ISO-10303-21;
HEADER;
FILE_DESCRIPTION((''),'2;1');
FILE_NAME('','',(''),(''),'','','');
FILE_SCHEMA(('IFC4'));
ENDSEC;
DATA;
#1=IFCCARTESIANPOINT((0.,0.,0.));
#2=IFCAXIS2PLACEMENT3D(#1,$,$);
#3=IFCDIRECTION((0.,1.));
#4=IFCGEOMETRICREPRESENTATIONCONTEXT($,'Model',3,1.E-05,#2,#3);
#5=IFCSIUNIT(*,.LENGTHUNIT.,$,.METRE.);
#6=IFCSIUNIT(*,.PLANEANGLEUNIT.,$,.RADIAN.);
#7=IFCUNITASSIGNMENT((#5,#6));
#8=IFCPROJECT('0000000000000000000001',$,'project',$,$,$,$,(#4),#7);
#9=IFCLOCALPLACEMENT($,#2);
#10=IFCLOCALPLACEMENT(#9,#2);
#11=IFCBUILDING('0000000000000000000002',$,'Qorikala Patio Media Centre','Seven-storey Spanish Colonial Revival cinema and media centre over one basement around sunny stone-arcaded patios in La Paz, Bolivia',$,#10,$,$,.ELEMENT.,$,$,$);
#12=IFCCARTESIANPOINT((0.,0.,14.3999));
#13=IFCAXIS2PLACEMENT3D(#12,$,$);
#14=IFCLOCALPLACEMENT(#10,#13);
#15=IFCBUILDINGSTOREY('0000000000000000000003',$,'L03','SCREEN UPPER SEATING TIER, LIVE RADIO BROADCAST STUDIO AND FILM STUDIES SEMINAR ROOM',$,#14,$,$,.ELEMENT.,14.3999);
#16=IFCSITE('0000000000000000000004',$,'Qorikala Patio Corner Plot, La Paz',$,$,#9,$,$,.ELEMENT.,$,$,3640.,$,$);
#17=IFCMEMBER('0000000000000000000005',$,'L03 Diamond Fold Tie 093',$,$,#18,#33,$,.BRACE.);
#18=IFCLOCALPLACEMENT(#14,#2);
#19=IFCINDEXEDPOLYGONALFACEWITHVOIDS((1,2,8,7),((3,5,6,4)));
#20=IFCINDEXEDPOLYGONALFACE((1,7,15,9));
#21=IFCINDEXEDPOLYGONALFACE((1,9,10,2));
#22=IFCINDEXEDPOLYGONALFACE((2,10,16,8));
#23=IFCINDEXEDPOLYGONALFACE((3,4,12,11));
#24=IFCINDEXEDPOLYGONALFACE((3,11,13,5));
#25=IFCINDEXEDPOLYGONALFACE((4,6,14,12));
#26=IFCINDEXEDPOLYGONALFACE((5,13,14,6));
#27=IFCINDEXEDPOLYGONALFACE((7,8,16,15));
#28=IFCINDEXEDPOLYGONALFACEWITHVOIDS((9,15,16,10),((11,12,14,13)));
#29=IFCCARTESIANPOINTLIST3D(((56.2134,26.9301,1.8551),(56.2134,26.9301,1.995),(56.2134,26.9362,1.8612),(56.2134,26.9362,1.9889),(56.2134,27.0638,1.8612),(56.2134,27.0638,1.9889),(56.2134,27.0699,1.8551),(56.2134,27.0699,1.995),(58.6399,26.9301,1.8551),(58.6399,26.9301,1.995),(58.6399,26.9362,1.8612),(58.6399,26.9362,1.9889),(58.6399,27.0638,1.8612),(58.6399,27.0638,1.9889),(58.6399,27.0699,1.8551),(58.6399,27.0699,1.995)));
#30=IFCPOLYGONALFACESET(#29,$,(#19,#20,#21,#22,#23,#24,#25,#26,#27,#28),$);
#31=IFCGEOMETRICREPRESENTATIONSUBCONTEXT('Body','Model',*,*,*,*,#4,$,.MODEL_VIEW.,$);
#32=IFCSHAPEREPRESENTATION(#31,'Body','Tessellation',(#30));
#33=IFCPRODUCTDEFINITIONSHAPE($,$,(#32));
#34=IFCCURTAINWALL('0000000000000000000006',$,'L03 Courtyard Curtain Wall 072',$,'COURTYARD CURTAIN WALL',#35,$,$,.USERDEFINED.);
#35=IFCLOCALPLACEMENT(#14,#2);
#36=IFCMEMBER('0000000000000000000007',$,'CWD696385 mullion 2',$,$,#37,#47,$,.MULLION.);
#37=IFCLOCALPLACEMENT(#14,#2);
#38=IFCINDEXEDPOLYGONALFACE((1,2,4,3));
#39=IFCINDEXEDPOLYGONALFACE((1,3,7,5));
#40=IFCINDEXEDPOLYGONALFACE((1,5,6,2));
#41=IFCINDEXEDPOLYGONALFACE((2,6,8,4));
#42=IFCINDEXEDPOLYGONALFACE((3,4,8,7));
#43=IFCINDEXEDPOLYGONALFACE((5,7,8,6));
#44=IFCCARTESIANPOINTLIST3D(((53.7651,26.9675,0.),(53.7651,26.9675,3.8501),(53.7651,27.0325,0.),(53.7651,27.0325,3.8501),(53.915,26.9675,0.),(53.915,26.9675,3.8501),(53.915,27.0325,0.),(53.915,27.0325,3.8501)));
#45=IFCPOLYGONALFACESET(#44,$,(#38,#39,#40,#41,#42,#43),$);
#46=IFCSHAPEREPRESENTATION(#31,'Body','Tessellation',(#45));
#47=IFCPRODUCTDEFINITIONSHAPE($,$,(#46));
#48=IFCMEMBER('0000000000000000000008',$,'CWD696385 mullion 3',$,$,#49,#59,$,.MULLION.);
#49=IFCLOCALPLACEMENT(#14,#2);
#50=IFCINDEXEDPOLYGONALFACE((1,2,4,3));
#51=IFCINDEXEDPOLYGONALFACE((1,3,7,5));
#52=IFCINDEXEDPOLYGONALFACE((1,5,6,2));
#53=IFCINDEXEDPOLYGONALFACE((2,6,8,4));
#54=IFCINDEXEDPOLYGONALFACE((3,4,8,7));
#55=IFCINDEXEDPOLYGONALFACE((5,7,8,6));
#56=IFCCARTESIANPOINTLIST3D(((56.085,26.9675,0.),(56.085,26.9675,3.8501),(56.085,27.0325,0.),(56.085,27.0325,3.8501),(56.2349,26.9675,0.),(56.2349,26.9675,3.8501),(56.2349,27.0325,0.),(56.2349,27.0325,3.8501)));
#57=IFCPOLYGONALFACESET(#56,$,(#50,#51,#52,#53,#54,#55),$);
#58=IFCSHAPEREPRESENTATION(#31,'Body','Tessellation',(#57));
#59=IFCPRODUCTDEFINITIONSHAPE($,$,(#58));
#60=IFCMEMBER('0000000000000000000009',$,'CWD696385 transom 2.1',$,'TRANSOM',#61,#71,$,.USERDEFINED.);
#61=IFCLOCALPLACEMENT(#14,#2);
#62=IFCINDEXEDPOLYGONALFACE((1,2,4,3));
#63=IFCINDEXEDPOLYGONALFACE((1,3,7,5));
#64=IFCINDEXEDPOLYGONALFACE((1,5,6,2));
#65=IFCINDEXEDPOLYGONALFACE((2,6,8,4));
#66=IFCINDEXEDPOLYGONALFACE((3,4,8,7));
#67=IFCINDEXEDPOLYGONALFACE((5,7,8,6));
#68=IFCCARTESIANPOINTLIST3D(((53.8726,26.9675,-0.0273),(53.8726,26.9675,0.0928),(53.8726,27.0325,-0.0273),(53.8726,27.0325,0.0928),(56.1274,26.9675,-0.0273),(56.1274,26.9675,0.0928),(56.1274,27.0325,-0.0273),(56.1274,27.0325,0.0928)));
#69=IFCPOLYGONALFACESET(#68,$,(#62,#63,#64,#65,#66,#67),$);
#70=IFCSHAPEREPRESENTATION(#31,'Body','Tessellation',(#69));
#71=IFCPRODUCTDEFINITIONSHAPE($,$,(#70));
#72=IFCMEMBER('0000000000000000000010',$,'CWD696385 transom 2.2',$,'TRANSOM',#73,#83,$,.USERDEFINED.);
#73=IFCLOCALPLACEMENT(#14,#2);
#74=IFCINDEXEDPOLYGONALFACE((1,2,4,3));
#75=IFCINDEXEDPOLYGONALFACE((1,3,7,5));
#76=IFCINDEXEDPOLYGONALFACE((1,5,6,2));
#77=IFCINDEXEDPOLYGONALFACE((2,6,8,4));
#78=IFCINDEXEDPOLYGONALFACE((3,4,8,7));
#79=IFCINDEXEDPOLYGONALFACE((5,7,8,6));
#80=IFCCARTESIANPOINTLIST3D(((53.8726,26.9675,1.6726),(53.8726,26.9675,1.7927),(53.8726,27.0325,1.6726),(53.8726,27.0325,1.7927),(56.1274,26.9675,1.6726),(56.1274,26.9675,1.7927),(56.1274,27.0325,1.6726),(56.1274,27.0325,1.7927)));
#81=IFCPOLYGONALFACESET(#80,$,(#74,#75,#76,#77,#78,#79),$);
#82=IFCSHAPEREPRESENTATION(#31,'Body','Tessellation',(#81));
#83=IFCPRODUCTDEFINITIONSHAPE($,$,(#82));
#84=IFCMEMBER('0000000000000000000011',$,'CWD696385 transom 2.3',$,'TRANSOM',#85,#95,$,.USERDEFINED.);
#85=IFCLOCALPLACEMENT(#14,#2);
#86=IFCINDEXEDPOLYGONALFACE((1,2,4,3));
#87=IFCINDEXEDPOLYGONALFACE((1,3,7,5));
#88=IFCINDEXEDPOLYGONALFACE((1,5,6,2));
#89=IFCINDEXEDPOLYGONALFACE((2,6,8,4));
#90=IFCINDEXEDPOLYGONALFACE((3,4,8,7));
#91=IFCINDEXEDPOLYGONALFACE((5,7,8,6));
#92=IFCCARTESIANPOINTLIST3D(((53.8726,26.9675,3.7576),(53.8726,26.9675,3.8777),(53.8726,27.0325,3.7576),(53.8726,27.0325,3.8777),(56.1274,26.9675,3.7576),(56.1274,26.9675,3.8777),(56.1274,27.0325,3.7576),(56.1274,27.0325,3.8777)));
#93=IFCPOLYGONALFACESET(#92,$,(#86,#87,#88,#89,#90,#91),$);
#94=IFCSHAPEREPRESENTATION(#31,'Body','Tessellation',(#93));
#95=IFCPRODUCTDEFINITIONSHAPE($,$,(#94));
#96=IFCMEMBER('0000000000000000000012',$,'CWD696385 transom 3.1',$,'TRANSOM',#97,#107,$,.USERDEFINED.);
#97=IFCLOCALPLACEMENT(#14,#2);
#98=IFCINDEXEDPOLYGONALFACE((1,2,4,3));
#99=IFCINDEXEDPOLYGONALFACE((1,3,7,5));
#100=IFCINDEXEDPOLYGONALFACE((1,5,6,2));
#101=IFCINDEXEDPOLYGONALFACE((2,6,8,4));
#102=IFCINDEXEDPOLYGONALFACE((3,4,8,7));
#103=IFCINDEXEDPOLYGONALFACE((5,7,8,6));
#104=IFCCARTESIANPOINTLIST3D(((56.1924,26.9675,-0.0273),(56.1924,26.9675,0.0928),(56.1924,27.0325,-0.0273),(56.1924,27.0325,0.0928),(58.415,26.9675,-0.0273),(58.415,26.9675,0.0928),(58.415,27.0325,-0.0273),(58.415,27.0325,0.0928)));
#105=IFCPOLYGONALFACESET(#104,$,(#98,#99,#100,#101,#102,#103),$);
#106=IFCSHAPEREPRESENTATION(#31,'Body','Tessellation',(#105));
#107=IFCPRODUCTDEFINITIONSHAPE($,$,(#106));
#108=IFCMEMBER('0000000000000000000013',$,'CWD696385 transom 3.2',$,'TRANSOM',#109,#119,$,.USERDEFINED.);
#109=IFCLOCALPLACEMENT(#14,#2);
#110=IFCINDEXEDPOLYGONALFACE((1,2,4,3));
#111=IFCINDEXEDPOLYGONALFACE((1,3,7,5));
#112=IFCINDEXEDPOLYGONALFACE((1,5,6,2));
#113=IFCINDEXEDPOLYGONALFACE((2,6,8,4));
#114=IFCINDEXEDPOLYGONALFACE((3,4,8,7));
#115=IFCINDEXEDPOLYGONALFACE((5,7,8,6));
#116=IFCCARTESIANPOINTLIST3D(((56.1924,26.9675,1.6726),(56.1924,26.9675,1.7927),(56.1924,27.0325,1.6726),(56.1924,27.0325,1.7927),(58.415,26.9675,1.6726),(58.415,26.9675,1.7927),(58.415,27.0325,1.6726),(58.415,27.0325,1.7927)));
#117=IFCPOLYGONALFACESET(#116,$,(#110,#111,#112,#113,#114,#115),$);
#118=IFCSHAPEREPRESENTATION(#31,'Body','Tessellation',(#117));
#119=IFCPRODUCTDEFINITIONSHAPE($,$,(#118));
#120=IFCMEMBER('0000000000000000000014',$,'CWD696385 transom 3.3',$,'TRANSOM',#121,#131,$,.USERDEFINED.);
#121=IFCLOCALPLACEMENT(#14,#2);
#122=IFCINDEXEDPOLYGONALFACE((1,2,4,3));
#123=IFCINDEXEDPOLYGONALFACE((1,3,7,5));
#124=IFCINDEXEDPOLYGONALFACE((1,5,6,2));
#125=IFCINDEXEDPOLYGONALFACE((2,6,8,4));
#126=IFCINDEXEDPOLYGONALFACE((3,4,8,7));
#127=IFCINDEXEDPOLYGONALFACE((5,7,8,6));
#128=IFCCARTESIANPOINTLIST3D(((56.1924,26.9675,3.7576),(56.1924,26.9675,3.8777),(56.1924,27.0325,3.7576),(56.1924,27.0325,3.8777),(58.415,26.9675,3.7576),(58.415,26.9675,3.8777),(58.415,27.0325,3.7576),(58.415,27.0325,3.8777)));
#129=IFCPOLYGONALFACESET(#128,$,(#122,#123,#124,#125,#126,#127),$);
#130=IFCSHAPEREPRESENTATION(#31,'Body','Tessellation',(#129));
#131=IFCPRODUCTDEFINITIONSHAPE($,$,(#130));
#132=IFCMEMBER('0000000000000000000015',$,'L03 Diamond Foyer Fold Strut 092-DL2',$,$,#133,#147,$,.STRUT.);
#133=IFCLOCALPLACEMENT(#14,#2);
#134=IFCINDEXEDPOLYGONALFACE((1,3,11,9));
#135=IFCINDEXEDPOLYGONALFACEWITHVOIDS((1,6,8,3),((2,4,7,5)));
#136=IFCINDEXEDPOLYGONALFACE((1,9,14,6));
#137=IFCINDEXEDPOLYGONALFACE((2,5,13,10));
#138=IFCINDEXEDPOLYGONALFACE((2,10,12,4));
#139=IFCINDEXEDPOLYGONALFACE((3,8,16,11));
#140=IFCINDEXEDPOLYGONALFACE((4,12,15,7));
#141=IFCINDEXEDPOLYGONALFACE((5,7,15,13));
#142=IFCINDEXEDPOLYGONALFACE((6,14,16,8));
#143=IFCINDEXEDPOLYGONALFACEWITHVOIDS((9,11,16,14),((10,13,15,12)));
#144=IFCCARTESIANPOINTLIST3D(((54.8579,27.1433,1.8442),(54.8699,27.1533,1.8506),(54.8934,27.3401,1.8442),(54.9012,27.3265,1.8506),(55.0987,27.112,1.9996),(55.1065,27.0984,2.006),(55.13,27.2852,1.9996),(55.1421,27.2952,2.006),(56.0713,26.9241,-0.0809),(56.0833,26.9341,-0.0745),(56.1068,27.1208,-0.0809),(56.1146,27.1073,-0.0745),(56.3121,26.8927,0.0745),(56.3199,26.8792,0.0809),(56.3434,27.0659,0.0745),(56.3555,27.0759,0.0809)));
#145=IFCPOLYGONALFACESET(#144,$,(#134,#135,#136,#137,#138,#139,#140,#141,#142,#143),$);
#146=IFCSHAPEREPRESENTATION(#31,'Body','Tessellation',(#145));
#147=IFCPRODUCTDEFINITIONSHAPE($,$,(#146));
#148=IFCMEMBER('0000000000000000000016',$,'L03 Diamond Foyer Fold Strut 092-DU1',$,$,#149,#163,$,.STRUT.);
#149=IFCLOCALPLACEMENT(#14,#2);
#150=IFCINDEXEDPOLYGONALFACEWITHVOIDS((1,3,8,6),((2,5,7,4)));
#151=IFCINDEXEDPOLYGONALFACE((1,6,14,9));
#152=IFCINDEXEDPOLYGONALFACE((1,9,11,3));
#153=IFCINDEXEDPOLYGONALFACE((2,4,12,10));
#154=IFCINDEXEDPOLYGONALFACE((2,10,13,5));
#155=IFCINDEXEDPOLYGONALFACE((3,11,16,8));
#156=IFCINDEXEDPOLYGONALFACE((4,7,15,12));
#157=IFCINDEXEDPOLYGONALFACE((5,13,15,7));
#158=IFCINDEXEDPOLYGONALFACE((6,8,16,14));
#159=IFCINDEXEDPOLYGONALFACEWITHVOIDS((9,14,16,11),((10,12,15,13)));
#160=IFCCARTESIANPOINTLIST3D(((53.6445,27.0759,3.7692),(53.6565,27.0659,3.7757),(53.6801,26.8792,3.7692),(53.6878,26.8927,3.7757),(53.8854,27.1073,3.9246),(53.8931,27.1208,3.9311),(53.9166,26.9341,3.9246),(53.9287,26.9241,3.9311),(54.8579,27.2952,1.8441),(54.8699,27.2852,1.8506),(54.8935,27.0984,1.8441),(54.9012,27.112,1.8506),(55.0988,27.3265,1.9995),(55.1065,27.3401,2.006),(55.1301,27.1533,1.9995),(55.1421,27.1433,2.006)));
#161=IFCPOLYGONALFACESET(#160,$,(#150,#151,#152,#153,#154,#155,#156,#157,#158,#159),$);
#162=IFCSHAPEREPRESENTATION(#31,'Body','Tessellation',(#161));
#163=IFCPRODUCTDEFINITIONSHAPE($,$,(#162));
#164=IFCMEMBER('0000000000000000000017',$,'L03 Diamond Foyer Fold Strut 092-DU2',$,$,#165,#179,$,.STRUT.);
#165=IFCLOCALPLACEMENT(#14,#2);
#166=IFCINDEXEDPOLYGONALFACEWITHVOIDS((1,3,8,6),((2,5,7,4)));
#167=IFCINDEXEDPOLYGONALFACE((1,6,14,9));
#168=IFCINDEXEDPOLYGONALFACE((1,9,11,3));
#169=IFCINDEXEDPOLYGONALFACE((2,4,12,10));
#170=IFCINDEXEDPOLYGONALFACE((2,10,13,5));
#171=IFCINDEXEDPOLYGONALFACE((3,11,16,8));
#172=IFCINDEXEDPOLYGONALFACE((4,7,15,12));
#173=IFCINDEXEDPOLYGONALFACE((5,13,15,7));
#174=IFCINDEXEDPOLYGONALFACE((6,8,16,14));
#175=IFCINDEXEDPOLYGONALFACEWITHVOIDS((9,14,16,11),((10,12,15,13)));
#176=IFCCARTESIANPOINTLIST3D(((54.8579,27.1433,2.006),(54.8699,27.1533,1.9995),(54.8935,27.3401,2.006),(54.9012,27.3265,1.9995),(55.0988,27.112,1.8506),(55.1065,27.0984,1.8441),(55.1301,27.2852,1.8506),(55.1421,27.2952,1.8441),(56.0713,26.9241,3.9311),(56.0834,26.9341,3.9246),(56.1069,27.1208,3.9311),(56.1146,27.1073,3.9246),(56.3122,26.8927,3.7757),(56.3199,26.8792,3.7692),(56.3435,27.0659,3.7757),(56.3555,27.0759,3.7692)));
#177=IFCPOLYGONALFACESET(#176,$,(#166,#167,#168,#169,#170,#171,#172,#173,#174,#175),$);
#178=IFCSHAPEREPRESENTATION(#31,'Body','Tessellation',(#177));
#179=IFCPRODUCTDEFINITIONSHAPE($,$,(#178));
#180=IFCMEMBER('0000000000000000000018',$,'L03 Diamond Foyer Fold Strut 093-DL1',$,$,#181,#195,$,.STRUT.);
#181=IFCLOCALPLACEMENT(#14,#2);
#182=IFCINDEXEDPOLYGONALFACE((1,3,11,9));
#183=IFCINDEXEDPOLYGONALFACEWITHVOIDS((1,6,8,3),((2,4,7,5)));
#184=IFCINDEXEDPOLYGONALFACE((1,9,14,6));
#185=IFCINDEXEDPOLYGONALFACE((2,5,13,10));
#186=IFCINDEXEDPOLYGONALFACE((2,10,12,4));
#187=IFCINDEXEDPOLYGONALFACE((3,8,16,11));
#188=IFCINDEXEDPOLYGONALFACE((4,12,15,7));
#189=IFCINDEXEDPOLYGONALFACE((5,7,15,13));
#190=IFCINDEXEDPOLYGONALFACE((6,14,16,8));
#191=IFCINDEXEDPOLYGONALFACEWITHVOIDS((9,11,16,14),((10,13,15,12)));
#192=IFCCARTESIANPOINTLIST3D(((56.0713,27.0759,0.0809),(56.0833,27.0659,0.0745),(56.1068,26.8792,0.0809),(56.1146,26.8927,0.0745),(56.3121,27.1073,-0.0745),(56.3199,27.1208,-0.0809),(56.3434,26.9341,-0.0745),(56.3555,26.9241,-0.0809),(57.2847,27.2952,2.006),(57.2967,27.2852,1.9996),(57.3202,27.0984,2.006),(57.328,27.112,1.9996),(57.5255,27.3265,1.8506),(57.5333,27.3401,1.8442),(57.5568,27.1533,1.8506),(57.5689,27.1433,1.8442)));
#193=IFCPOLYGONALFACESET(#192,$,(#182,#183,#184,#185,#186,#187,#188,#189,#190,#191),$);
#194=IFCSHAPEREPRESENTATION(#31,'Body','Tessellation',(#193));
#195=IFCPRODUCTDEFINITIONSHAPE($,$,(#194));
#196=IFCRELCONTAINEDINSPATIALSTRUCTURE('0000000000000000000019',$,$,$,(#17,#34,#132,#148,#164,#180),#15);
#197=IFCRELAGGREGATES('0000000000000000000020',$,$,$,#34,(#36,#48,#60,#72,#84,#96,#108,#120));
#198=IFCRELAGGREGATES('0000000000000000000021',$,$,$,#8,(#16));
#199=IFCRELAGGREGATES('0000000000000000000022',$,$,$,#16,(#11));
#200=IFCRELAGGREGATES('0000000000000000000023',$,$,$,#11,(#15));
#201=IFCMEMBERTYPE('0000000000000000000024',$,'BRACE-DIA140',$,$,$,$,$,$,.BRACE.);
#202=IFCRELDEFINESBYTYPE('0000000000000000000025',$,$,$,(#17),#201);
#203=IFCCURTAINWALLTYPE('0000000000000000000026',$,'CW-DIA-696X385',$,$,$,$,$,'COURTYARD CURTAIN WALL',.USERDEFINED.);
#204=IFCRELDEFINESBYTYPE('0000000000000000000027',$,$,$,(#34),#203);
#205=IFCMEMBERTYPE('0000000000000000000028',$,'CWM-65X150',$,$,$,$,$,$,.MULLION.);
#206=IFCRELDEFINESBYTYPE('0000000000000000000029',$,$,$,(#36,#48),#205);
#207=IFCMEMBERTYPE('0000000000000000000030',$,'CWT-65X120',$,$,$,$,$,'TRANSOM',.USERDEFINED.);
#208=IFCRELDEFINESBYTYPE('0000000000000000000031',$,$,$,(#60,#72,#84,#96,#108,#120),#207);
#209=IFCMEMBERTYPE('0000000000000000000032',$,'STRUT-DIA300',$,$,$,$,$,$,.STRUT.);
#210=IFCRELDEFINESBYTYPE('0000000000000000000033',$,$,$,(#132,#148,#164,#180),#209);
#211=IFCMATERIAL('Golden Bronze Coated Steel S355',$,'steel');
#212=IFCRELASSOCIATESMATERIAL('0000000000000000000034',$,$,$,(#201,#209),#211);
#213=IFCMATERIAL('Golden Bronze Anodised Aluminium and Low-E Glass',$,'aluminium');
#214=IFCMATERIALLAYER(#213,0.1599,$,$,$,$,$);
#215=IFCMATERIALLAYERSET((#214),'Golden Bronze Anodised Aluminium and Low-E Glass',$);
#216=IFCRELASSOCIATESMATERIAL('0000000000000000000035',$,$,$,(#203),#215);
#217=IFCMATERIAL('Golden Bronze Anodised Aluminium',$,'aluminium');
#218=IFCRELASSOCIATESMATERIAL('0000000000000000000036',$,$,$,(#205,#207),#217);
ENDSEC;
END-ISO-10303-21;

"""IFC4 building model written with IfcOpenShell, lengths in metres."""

from ifc_helpers import new_model, si_unit, direction, frame, origin, origin_2d, place, context, subcontext, project, spatial, rectangle, hollow_rectangle, extrude, material, layer, layer_set, material_profile, profile_set, type_object, element, aggregate, save


model = new_model("IFC4")

# Units and contexts
model_context = context("Model", 3, precision=1e-05, world=origin(), true_north=direction((0.0, 1.0)))
body_context = subcontext(model_context, "Body", "Model", "MODEL_VIEW")
ifc_project = project(units=[si_unit("LENGTHUNIT", "METRE"), si_unit("PLANEANGLEUNIT", "RADIAN")], contexts=[model_context])

# Site, building, storey
site_placement = place(None, origin())
site = spatial("IfcSite", under=ifc_project, at=site_placement, Name="Qorikala Patio Corner Plot, La Paz", CompositionType="ELEMENT", RefElevation=3640.0)
building_placement = place(site_placement, origin())
building = spatial("IfcBuilding", under=site, at=building_placement, Name="Qorikala Patio Media Centre", Description="Seven-storey Spanish Colonial Revival cinema and media centre over one basement around sunny stone-arcaded patios in La Paz, Bolivia", CompositionType="ELEMENT")
storey_placement = place(building_placement, frame((0.0, 0.0, 14.3999)))
storey = spatial("IfcBuildingStorey", under=building, at=storey_placement, Name="L03", Description="SCREEN UPPER SEATING TIER, LIVE RADIO BROADCAST STUDIO AND FILM STUDIES SEMINAR ROOM", CompositionType="ELEMENT", Elevation=14.3999)

# Member
ifc_material_1 = material(Name="Golden Bronze Coated Steel S355", Category="steel")
ifc_material_profile_1 = material_profile(ifc_material_1, hollow_rectangle(XDim=0.1399, YDim=0.1399, WallThickness=0.0061, at=origin_2d()), Name="HSS140X140X6")
ifc_profile_set_1 = profile_set([ifc_material_profile_1], Name="Golden Bronze Coated Steel S355")
member_type_1 = type_object("IfcMemberType", Name="BRACE-DIA140", PredefinedType="BRACE", material=ifc_profile_set_1)
member_1_placement = place(storey_placement, frame((56.2134, 27.0, 1.925), z_axis=(1.0, 0.0, 0.0), x_axis=(0.0, 1.0, 0.0)))
element("IfcMember", 1, at=member_1_placement, inside=storey, type_object=member_type_1, Name="L03 Diamond Fold Tie 093", PredefinedType="BRACE", context=body_context, shape_type="SweptSolid", body=[
    extrude(hollow_rectangle(XDim=0.1399, YDim=0.1399, WallThickness=0.0061, at=origin_2d()), origin(), (0.0, 0.0, 1.0), 2.4265),
])

# Curtain wall, members
ifc_material_2 = material(Name="Golden Bronze Anodised Aluminium and Low-E Glass", Category="aluminium")
ifc_layer_1 = layer(ifc_material_2, 0.1599)
ifc_layer_set_1 = layer_set([ifc_layer_1], Name="Golden Bronze Anodised Aluminium and Low-E Glass")
curtain_wall_type = type_object("IfcCurtainWallType", Name="CW-DIA-696X385", ElementType="COURTYARD CURTAIN WALL", PredefinedType="USERDEFINED", material=ifc_layer_set_1)
curtain_wall_placement = place(storey_placement, origin())
curtain_wall = element("IfcCurtainWall", 2, at=curtain_wall_placement, inside=storey, type_object=curtain_wall_type, Name="L03 Courtyard Curtain Wall 072", ObjectType="COURTYARD CURTAIN WALL", PredefinedType="USERDEFINED")
ifc_material_3 = material(Name="Golden Bronze Anodised Aluminium", Category="aluminium")
ifc_material_profile_2 = material_profile(ifc_material_3, rectangle(XDim=0.0649, YDim=0.1499, at=origin_2d()), Name="ALU MULLION 65x150")
ifc_profile_set_2 = profile_set([ifc_material_profile_2], Name="Golden Bronze Anodised Aluminium")
member_type_2 = type_object("IfcMemberType", Name="CWM-65X150", PredefinedType="MULLION", material=ifc_profile_set_2)
member_2_placement = place(storey_placement, frame((53.8401, 27.0, 0.0), z_axis=(0.0, 0.0, 1.0), x_axis=(0.0, 1.0, 0.0)))
member_2 = element("IfcMember", 3, at=member_2_placement, type_object=member_type_2, Name="CWD696385 mullion 2", PredefinedType="MULLION", context=body_context, shape_type="SweptSolid", body=[
    extrude(rectangle(XDim=0.0649, YDim=0.1499, at=origin_2d()), origin(), (0.0, 0.0, 1.0), 3.8501),
])
member_3_placement = place(storey_placement, frame((56.1599, 27.0, 0.0), z_axis=(0.0, 0.0, 1.0), x_axis=(0.0, 1.0, 0.0)))
member_3 = element("IfcMember", 4, at=member_3_placement, type_object=member_type_2, Name="CWD696385 mullion 3", PredefinedType="MULLION", context=body_context, shape_type="SweptSolid", body=[
    extrude(rectangle(XDim=0.0649, YDim=0.1499, at=origin_2d()), origin(), (0.0, 0.0, 1.0), 3.8501),
])
ifc_material_profile_3 = material_profile(ifc_material_3, rectangle(XDim=0.0649, YDim=0.1201, at=origin_2d()), Name="ALU TRANSOM 65x120")
ifc_profile_set_3 = profile_set([ifc_material_profile_3], Name="Golden Bronze Anodised Aluminium")
member_type_3 = type_object("IfcMemberType", Name="CWT-65X120", ElementType="TRANSOM", PredefinedType="USERDEFINED", material=ifc_profile_set_3)
member_4_placement = place(storey_placement, frame((53.8726, 27.0, 0.0327), z_axis=(1.0, 0.0, 0.0), x_axis=(0.0, 1.0, 0.0)))
member_4 = element("IfcMember", 5, at=member_4_placement, type_object=member_type_3, Name="CWD696385 transom 2.1", ObjectType="TRANSOM", PredefinedType="USERDEFINED", context=body_context, shape_type="SweptSolid", body=[
    extrude(rectangle(XDim=0.0649, YDim=0.1201, at=origin_2d()), origin(), (0.0, 0.0, 1.0), 2.2549),
])
member_5_placement = place(storey_placement, frame((53.8726, 27.0, 1.7327), z_axis=(1.0, 0.0, 0.0), x_axis=(0.0, 1.0, 0.0)))
member_5 = element("IfcMember", 6, at=member_5_placement, type_object=member_type_3, Name="CWD696385 transom 2.2", ObjectType="TRANSOM", PredefinedType="USERDEFINED", context=body_context, shape_type="SweptSolid", body=[
    extrude(rectangle(XDim=0.0649, YDim=0.1201, at=origin_2d()), origin(), (0.0, 0.0, 1.0), 2.2549),
])
member_6_placement = place(storey_placement, frame((53.8726, 27.0, 3.8176), z_axis=(1.0, 0.0, 0.0), x_axis=(0.0, 1.0, 0.0)))
member_6 = element("IfcMember", 7, at=member_6_placement, type_object=member_type_3, Name="CWD696385 transom 2.3", ObjectType="TRANSOM", PredefinedType="USERDEFINED", context=body_context, shape_type="SweptSolid", body=[
    extrude(rectangle(XDim=0.0649, YDim=0.1201, at=origin_2d()), origin(), (0.0, 0.0, 1.0), 2.2549),
])
member_7_placement = place(storey_placement, frame((56.1924, 27.0, 0.0327), z_axis=(1.0, 0.0, 0.0), x_axis=(0.0, 1.0, 0.0)))
member_7 = element("IfcMember", 8, at=member_7_placement, type_object=member_type_3, Name="CWD696385 transom 3.1", ObjectType="TRANSOM", PredefinedType="USERDEFINED", context=body_context, shape_type="SweptSolid", body=[
    extrude(rectangle(XDim=0.0649, YDim=0.1201, at=origin_2d()), origin(), (0.0, 0.0, 1.0), 2.2227),
])
member_8_placement = place(storey_placement, frame((56.1924, 27.0, 1.7327), z_axis=(1.0, 0.0, 0.0), x_axis=(0.0, 1.0, 0.0)))
member_8 = element("IfcMember", 9, at=member_8_placement, type_object=member_type_3, Name="CWD696385 transom 3.2", ObjectType="TRANSOM", PredefinedType="USERDEFINED", context=body_context, shape_type="SweptSolid", body=[
    extrude(rectangle(XDim=0.0649, YDim=0.1201, at=origin_2d()), origin(), (0.0, 0.0, 1.0), 2.2227),
])
member_9_placement = place(storey_placement, frame((56.1924, 27.0, 3.8176), z_axis=(1.0, 0.0, 0.0), x_axis=(0.0, 1.0, 0.0)))
member_9 = element("IfcMember", 10, at=member_9_placement, type_object=member_type_3, Name="CWD696385 transom 3.3", ObjectType="TRANSOM", PredefinedType="USERDEFINED", context=body_context, shape_type="SweptSolid", body=[
    extrude(rectangle(XDim=0.0649, YDim=0.1201, at=origin_2d()), origin(), (0.0, 0.0, 1.0), 2.2227),
])

# Members
ifc_material_profile_4 = material_profile(ifc_material_1, hollow_rectangle(XDim=0.2, YDim=0.3, WallThickness=0.012, at=origin_2d()), Name="HSS300X200X12")
ifc_profile_set_4 = profile_set([ifc_material_profile_4], Name="Golden Bronze Coated Steel S355")
member_type_4 = type_object("IfcMemberType", Name="STRUT-DIA300", PredefinedType="STRUT", material=ifc_profile_set_4)
for number, where, z_axis, x_axis, name in (
    (11, (56.2134, 27.0, 0.0), (-0.530768, 0.095901, 0.842074), (-0.177805, -0.984066, 0.0), "L03 Diamond Foyer Fold Strut 092-DL2"),
    (12, (55.0, 27.2192, 1.925), (-0.530768, -0.095901, 0.842074), (0.177805, -0.984066, 0.0), "L03 Diamond Foyer Fold Strut 092-DU1"),
    (13, (55.0, 27.2192, 1.925), (0.530768, -0.095901, 0.842074), (0.177805, 0.984066, 0.0), "L03 Diamond Foyer Fold Strut 092-DU2"),
    (14, (56.2134, 27.0, 0.0), (0.530768, 0.095901, 0.842074), (-0.177805, 0.984066, 0.0), "L03 Diamond Foyer Fold Strut 093-DL1"),
):
    element("IfcMember", number, at=place(storey_placement, frame(where, z_axis=z_axis, x_axis=x_axis)), inside=storey, type_object=member_type_4, Name=name, PredefinedType="STRUT", context=body_context, shape_type="SweptSolid", body=[
        extrude(hollow_rectangle(XDim=0.2, YDim=0.3, WallThickness=0.012, at=origin_2d()), origin(), (0.0, 0.0, 1.0), 2.2861),
    ])

aggregate(curtain_wall, [member_2, member_3, member_4, member_5, member_6, member_7, member_8, member_9])

save(model, "model.ifc")
